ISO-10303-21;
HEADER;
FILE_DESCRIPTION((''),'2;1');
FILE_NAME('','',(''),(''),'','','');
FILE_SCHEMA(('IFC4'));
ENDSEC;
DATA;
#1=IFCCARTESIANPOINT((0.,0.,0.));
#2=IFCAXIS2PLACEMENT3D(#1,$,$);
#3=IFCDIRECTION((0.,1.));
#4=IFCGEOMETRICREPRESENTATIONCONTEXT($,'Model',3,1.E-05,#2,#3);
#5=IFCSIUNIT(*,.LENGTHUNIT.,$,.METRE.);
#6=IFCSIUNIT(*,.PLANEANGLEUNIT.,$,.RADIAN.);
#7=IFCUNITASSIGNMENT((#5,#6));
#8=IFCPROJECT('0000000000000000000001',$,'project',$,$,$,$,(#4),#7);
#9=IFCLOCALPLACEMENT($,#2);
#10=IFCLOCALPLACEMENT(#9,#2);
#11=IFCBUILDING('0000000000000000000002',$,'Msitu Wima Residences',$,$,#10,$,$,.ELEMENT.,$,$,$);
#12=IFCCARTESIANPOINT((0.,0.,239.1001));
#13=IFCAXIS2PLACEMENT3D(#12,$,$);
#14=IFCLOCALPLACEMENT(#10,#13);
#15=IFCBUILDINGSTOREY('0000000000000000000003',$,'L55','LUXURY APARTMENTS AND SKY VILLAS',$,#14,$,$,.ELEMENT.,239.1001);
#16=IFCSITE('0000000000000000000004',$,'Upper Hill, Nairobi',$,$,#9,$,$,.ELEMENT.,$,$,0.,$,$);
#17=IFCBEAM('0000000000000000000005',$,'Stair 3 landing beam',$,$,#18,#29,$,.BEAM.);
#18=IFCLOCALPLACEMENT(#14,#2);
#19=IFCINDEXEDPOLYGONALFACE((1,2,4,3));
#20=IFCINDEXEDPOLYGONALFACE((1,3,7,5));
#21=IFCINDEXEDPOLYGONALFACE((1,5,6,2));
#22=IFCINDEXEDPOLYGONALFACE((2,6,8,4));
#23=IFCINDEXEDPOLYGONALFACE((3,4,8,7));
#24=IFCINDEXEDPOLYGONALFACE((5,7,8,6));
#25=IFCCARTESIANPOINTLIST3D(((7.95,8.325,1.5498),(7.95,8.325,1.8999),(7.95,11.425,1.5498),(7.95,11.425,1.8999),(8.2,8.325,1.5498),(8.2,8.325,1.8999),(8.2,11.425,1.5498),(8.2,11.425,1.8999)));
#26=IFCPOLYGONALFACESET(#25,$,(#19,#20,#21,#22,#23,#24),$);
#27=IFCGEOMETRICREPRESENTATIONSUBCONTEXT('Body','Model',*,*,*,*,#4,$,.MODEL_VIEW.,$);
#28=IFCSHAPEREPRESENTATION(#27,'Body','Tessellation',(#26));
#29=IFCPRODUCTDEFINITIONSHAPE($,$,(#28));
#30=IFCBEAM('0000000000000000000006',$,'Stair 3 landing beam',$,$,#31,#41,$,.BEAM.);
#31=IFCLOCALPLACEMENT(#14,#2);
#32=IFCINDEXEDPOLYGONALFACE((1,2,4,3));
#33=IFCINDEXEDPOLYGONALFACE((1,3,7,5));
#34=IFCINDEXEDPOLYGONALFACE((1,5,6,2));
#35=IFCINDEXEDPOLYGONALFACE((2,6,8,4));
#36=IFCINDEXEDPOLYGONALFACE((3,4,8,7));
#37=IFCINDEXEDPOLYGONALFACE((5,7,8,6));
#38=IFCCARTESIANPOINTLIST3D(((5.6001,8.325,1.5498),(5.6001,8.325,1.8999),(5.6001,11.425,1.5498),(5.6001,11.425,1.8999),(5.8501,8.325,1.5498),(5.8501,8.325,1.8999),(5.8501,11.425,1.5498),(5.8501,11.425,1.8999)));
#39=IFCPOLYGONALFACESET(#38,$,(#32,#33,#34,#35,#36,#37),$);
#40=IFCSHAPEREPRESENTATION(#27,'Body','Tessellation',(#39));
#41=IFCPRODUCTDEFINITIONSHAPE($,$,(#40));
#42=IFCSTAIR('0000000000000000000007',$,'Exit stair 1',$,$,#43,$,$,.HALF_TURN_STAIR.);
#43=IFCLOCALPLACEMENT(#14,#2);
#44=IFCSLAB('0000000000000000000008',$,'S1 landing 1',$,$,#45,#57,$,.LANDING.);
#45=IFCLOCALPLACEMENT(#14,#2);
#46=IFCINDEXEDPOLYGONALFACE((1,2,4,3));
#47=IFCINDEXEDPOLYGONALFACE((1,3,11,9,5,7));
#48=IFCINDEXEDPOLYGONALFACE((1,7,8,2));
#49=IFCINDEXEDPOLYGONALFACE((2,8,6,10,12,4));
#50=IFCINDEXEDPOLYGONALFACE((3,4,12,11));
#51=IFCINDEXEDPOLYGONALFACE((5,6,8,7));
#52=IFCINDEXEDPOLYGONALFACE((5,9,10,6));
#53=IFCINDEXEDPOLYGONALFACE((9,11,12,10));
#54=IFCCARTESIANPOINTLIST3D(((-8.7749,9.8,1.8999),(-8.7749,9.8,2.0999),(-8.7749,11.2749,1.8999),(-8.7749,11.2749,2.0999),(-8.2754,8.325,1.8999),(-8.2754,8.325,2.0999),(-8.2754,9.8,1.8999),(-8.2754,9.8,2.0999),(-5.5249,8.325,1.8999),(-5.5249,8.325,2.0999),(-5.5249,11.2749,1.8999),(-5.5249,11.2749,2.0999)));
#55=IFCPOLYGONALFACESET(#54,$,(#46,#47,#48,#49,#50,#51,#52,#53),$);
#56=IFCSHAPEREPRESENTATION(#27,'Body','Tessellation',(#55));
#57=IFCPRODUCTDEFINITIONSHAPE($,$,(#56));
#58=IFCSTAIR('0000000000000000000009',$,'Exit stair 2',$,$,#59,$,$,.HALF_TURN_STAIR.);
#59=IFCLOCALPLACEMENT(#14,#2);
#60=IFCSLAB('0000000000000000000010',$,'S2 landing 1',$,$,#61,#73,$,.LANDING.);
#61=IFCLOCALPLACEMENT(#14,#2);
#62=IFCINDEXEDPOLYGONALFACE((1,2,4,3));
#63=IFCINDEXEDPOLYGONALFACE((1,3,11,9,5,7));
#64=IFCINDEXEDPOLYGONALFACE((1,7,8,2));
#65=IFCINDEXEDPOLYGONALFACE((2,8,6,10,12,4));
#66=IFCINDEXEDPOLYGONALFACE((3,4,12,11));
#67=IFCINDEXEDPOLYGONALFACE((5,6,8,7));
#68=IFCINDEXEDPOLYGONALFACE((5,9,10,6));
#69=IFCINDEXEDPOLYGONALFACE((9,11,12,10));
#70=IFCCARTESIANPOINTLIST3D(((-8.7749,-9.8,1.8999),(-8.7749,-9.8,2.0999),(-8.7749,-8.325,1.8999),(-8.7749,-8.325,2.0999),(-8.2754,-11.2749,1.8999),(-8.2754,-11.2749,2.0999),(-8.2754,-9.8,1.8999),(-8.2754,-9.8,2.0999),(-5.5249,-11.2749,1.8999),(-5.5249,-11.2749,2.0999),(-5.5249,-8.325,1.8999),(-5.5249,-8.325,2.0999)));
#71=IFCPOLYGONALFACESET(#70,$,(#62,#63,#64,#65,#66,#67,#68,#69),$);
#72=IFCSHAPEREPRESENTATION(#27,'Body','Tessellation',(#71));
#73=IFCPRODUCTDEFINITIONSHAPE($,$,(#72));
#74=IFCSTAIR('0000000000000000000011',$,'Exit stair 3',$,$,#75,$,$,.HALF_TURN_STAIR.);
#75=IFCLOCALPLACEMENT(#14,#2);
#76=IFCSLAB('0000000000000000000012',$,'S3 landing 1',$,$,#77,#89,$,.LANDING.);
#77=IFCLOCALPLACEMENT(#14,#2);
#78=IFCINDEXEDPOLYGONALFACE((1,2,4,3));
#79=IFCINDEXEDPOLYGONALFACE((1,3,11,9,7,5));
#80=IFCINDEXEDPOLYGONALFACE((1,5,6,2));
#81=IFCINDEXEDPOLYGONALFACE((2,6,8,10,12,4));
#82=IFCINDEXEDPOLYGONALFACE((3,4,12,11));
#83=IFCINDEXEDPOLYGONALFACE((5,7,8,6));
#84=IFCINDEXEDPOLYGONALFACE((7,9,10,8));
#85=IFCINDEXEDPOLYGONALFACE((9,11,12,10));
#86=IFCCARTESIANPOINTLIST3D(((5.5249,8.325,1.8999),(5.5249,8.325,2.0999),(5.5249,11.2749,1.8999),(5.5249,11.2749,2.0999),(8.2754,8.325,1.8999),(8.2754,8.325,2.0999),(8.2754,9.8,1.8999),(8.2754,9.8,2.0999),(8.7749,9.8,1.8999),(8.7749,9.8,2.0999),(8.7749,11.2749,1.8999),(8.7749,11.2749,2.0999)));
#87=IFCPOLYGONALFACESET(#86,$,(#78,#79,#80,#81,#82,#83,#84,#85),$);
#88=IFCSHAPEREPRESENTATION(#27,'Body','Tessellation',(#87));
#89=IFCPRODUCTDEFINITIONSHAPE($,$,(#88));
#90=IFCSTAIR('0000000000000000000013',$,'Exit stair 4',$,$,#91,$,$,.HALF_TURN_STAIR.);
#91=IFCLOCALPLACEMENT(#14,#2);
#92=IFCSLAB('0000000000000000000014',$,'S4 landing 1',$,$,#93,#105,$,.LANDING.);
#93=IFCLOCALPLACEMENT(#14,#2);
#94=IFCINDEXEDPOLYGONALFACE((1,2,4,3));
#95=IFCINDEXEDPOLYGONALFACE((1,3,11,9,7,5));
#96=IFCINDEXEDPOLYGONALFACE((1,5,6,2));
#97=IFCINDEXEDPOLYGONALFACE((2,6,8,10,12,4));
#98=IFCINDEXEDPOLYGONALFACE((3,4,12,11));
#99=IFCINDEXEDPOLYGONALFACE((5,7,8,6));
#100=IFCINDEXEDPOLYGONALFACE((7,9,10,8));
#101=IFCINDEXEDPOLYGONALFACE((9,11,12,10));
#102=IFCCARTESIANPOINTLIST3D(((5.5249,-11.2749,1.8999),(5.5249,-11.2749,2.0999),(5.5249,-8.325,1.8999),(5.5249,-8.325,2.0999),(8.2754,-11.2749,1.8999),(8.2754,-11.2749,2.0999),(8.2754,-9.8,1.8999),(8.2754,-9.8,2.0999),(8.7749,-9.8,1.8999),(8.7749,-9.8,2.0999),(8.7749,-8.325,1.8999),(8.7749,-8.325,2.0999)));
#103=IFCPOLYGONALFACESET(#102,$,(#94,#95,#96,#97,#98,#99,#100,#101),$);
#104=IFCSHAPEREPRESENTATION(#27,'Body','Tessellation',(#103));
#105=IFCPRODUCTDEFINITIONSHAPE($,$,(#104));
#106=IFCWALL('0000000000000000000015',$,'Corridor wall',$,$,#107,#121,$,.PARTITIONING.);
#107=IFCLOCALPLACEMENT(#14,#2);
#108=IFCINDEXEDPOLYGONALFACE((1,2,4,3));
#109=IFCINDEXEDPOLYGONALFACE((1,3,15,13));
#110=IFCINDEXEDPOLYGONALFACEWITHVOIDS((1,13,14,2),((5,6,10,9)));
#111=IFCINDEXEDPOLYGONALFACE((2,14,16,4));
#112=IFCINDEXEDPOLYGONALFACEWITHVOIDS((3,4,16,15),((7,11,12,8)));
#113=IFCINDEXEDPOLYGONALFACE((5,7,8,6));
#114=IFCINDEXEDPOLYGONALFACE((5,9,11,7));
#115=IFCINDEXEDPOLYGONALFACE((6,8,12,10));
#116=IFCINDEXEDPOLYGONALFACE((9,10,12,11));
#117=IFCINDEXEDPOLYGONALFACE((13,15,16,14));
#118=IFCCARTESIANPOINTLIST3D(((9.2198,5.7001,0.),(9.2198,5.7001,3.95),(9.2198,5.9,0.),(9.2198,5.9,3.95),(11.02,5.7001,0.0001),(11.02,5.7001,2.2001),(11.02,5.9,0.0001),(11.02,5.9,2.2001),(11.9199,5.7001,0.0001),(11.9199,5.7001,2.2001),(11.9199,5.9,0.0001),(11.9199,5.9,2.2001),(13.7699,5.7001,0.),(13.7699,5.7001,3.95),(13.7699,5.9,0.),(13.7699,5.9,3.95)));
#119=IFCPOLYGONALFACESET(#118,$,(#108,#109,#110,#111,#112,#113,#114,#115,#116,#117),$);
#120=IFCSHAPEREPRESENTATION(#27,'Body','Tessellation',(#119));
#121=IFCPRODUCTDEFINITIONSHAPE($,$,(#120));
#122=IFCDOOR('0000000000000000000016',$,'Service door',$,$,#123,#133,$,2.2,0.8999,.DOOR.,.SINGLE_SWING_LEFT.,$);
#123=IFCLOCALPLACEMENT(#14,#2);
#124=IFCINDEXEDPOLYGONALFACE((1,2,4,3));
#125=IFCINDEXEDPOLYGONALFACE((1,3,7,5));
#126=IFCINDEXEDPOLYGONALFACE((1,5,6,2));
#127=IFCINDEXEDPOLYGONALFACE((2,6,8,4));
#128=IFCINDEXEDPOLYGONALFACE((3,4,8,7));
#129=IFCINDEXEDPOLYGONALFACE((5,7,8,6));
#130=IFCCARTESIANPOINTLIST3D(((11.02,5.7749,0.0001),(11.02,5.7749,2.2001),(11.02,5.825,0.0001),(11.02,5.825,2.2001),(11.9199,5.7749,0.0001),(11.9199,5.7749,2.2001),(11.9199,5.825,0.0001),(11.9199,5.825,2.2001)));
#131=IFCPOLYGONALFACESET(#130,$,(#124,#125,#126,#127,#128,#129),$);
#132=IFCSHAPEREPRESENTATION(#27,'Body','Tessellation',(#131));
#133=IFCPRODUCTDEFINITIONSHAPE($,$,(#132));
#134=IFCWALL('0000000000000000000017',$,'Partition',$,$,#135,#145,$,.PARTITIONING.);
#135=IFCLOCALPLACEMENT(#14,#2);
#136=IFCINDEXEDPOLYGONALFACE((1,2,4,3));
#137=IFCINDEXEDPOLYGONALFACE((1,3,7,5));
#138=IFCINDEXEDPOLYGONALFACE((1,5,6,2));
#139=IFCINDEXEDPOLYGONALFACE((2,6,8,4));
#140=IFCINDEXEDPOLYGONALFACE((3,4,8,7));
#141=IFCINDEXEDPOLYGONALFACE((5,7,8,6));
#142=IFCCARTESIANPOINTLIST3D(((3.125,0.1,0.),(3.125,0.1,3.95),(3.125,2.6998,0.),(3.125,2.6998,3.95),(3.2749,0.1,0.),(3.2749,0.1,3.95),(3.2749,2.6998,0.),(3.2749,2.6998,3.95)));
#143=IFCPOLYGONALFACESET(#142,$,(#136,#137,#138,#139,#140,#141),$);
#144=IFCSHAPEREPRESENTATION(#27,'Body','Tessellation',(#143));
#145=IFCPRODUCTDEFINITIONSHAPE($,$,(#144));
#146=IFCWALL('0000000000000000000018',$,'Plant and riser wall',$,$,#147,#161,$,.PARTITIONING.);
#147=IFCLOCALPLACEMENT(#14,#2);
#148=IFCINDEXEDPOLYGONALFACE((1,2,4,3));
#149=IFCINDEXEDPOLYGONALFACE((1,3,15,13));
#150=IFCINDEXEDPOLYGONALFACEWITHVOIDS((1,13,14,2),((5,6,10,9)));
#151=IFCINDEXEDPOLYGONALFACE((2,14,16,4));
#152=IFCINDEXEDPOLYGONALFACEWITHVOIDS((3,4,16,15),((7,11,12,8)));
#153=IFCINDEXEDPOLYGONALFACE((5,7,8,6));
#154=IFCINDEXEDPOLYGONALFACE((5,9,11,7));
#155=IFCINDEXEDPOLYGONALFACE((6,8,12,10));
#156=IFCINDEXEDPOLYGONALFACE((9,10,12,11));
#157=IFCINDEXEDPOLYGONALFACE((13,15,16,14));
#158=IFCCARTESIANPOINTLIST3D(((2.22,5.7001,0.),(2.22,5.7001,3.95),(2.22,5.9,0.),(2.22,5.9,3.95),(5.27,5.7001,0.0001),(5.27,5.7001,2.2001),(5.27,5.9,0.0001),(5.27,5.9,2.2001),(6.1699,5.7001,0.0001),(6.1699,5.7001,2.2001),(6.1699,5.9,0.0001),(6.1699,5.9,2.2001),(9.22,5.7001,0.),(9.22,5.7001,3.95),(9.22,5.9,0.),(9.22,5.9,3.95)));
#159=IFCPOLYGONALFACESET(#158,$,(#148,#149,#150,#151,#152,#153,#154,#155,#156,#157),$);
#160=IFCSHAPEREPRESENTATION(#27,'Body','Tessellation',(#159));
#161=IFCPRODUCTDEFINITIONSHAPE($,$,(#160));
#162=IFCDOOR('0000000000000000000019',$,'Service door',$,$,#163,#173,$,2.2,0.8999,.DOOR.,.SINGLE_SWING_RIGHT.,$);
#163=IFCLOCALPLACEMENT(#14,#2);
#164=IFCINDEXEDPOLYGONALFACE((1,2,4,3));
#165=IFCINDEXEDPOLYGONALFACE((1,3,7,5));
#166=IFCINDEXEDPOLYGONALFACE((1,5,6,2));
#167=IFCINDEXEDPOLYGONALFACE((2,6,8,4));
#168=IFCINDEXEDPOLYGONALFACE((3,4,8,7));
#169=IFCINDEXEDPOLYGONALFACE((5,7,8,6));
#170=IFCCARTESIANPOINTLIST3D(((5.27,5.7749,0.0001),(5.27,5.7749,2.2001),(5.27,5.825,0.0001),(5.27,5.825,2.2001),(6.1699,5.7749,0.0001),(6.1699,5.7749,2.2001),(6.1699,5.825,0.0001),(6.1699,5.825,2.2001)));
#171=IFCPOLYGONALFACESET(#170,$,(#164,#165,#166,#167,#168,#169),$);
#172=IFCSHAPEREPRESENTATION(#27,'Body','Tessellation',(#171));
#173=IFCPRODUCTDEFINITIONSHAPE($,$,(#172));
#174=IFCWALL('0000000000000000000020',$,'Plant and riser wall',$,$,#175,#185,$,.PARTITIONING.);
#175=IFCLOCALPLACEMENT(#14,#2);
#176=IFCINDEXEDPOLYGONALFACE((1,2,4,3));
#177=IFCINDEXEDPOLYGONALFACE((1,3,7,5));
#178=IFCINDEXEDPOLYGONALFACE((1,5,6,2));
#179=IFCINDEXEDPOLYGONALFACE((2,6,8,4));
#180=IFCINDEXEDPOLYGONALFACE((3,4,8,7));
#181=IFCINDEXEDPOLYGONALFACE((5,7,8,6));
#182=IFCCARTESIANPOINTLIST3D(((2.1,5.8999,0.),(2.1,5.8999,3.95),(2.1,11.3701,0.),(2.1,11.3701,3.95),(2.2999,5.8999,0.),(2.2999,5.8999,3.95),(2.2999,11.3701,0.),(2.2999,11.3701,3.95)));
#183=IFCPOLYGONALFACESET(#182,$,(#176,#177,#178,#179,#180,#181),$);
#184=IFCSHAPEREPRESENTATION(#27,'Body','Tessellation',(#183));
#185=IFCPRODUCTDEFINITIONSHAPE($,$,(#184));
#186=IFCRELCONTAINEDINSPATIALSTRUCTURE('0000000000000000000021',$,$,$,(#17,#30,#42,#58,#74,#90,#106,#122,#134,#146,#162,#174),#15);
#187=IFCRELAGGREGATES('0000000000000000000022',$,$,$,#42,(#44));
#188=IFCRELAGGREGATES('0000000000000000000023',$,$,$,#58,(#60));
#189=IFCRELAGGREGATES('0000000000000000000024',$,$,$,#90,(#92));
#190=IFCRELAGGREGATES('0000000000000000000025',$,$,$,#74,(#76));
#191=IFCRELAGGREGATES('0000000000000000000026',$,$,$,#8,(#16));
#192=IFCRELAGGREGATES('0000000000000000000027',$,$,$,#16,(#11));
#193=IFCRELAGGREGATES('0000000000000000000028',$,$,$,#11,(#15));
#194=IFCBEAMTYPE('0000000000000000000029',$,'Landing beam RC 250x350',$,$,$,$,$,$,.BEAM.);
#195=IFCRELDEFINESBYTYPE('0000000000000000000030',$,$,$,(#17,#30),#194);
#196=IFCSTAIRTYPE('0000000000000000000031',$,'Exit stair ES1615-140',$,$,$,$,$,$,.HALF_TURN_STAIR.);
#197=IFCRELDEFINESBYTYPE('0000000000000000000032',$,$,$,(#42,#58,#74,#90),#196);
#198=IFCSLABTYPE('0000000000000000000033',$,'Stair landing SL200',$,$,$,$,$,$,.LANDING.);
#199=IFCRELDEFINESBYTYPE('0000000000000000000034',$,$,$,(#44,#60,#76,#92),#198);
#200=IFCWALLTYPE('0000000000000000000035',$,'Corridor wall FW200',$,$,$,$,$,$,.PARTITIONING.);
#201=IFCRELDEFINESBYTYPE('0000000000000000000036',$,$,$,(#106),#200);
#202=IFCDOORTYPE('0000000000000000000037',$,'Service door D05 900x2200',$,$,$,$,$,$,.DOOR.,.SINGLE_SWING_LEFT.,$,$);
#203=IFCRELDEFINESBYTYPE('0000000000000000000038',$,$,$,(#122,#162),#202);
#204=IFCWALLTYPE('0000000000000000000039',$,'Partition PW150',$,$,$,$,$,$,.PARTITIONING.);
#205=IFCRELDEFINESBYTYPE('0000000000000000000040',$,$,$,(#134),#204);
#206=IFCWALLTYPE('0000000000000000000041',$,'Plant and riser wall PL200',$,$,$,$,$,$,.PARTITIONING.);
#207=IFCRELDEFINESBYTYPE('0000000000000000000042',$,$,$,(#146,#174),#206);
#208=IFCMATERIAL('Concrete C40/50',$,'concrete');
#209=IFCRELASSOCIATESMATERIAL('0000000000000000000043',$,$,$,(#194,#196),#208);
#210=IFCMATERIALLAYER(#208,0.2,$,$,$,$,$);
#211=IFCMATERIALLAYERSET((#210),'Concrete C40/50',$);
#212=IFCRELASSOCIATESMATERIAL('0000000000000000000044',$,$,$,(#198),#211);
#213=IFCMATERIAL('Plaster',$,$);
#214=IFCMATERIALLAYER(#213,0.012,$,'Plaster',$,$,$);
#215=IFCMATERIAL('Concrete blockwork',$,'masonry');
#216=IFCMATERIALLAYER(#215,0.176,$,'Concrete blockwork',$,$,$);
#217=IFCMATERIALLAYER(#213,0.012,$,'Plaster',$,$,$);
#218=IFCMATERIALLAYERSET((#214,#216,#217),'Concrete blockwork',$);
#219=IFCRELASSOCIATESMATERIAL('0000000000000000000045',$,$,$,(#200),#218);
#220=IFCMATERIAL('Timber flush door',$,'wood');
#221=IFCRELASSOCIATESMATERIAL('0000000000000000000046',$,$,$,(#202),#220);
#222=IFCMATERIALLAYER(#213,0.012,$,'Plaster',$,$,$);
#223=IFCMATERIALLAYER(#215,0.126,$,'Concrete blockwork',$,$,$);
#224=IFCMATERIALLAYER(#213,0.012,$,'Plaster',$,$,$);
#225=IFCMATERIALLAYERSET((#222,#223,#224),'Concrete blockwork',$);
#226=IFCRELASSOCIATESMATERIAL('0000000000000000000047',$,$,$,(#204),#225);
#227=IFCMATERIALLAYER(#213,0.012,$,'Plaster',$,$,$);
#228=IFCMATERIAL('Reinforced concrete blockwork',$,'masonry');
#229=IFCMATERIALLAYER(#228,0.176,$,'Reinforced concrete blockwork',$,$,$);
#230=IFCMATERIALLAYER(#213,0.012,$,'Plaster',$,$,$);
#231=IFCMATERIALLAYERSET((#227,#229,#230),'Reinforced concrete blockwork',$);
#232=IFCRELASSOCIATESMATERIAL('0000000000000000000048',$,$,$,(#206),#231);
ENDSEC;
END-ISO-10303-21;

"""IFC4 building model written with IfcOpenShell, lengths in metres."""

from ifc_helpers import new_model, si_unit, direction, frame, frame_2d, origin, origin_2d, place, context, subcontext, project, spatial, polyline, rectangle, outline, extrude, material, layer, layer_set, material_profile, profile_set, type_object, element, fill, aggregate, save


model = new_model("IFC4")

# Units and contexts
model_context = context("Model", 3, precision=1e-05, world=origin(), true_north=direction((0.0, 1.0)))
body_context = subcontext(model_context, "Body", "Model", "MODEL_VIEW")
ifc_project = project(units=[si_unit("LENGTHUNIT", "METRE"), si_unit("PLANEANGLEUNIT", "RADIAN")], contexts=[model_context])

# Site, building, storey
site_placement = place(None, origin())
site = spatial("IfcSite", under=ifc_project, at=site_placement, Name="Upper Hill, Nairobi", CompositionType="ELEMENT", RefElevation=0.0)
building_placement = place(site_placement, origin())
building = spatial("IfcBuilding", under=site, at=building_placement, Name="Msitu Wima Residences", CompositionType="ELEMENT")
storey_placement = place(building_placement, frame((0.0, 0.0, 239.1001)))
storey = spatial("IfcBuildingStorey", under=building, at=storey_placement, Name="L55", Description="LUXURY APARTMENTS AND SKY VILLAS", CompositionType="ELEMENT", Elevation=239.1001)

# Beams
ifc_material_1 = material(Name="Concrete C40/50", Category="concrete")
ifc_material_profile = material_profile(ifc_material_1, rectangle(XDim=0.25, YDim=0.3501, at=origin_2d()), Name="RC 250x350")
ifc_profile_set = profile_set([ifc_material_profile], Name="Concrete C40/50")
beam_type = type_object("IfcBeamType", Name="Landing beam RC 250x350", PredefinedType="BEAM", material=ifc_profile_set)
for number, where, z_axis, x_axis, name in (
    (1, (8.075, 8.325, 1.7249), (0.0, 1.0, 0.0), (-1.0, 0.0, 0.0), "Stair 3 landing beam"),
    (2, (5.7251, 8.325, 1.7249), (0.0, 1.0, 0.0), (-1.0, 0.0, 0.0), "Stair 3 landing beam"),
):
    element("IfcBeam", number, at=place(storey_placement, frame(where, z_axis=z_axis, x_axis=x_axis)), inside=storey, type_object=beam_type, Name=name, PredefinedType="BEAM", context=body_context, shape_type="SweptSolid", body=[
        extrude(rectangle(XDim=0.25, YDim=0.3501, at=origin_2d()), origin(), (0.0, 0.0, 1.0), 3.1001),
    ])

# Stairs, slabs
stair_type = type_object("IfcStairType", Name="Exit stair ES1615-140", PredefinedType="HALF_TURN_STAIR", material=ifc_material_1)
stair_1_placement = place(storey_placement, origin())
stair_1 = element("IfcStair", 3, at=stair_1_placement, inside=storey, type_object=stair_type, Name="Exit stair 1", PredefinedType="HALF_TURN_STAIR")
ifc_layer_1 = layer(ifc_material_1, 0.2)
ifc_layer_set_1 = layer_set([ifc_layer_1], Name="Concrete C40/50")
slab_type = type_object("IfcSlabType", Name="Stair landing SL200", PredefinedType="LANDING", material=ifc_layer_set_1)
slab_1_placement = place(storey_placement, frame((0.0, 0.0, 1.8999)))
slab_1 = element("IfcSlab", 4, at=slab_1_placement, type_object=slab_type, Name="S1 landing 1", PredefinedType="LANDING", context=body_context, shape_type="SweptSolid", body=[
    extrude(outline(polyline([(-5.5249, 8.325), (-8.2754, 8.325), (-8.2754, 9.8), (-8.7749, 9.8), (-8.7749, 11.2749), (-5.5249, 11.2749), (-5.5249, 8.325)])), origin(), (0.0, 0.0, 1.0), 0.2),
])
aggregate(stair_1, [slab_1])
stair_2_placement = place(storey_placement, origin())
stair_2 = element("IfcStair", 5, at=stair_2_placement, inside=storey, type_object=stair_type, Name="Exit stair 2", PredefinedType="HALF_TURN_STAIR")
slab_2_placement = place(storey_placement, frame((0.0, 0.0, 1.8999)))
slab_2 = element("IfcSlab", 6, at=slab_2_placement, type_object=slab_type, Name="S2 landing 1", PredefinedType="LANDING", context=body_context, shape_type="SweptSolid", body=[
    extrude(outline(polyline([(-5.5249, -11.2749), (-8.2754, -11.2749), (-8.2754, -9.8), (-8.7749, -9.8), (-8.7749, -8.325), (-5.5249, -8.325), (-5.5249, -11.2749)])), origin(), (0.0, 0.0, 1.0), 0.2),
])
aggregate(stair_2, [slab_2])
stair_3_placement = place(storey_placement, origin())
stair_3 = element("IfcStair", 7, at=stair_3_placement, inside=storey, type_object=stair_type, Name="Exit stair 3", PredefinedType="HALF_TURN_STAIR")
slab_3_placement = place(storey_placement, frame((0.0, 0.0, 1.8999)))
slab_3 = element("IfcSlab", 8, at=slab_3_placement, type_object=slab_type, Name="S3 landing 1", PredefinedType="LANDING", context=body_context, shape_type="SweptSolid", body=[
    extrude(outline(polyline([(5.5249, 8.325), (8.2754, 8.325), (8.2754, 9.8), (8.7749, 9.8), (8.7749, 11.2749), (5.5249, 11.2749), (5.5249, 8.325)])), origin(), (0.0, 0.0, 1.0), 0.2),
])
stair_4_placement = place(storey_placement, origin())
stair_4 = element("IfcStair", 9, at=stair_4_placement, inside=storey, type_object=stair_type, Name="Exit stair 4", PredefinedType="HALF_TURN_STAIR")
slab_4_placement = place(storey_placement, frame((0.0, 0.0, 1.8999)))
slab_4 = element("IfcSlab", 10, at=slab_4_placement, type_object=slab_type, Name="S4 landing 1", PredefinedType="LANDING", context=body_context, shape_type="SweptSolid", body=[
    extrude(outline(polyline([(5.5249, -11.2749), (8.2754, -11.2749), (8.2754, -9.8), (8.7749, -9.8), (8.7749, -8.325), (5.5249, -8.325), (5.5249, -11.2749)])), origin(), (0.0, 0.0, 1.0), 0.2),
])
aggregate(stair_4, [slab_4])

# Wall, opening, door
ifc_material_2 = material(Name="Plaster")
ifc_layer_2 = layer(ifc_material_2, 0.012, Name="Plaster")
ifc_material_3 = material(Name="Concrete blockwork", Category="masonry")
ifc_layer_3 = layer(ifc_material_3, 0.176, Name="Concrete blockwork")
ifc_layer_4 = layer(ifc_material_2, 0.012, Name="Plaster")
ifc_layer_set_2 = layer_set([ifc_layer_2, ifc_layer_3, ifc_layer_4], Name="Concrete blockwork")
wall_type_1 = type_object("IfcWallType", Name="Corridor wall FW200", PredefinedType="PARTITIONING", material=ifc_layer_set_2)
wall_1_placement = place(storey_placement, frame((9.22, 5.8, 0.0), z_axis=(0.0, 0.0, 1.0), x_axis=(1.0, 0.0, 0.0)))
wall_1 = element("IfcWall", 11, at=wall_1_placement, inside=storey, type_object=wall_type_1, Name="Corridor wall", PredefinedType="PARTITIONING", context=body_context, shape_type="SweptSolid", body=[
    extrude(rectangle(XDim=4.55, YDim=0.2, at=frame_2d((2.2749, 0.0))), origin(), (0.0, 0.0, 1.0), 3.95),
])
opening_1_placement = place(wall_1_placement, frame((1.8, 0.0, 0.0)))
opening_1 = element("IfcOpeningElement", 12, at=opening_1_placement, cuts=wall_1, PredefinedType="OPENING", context=body_context, shape_type="SweptSolid", body=[
    extrude(rectangle(XDim=0.8999, YDim=2.2, at=frame_2d((0.45, 1.1001))), frame((0.0, 0.1099, 0.0), z_axis=(0.0, -1.0, 0.0), x_axis=(1.0, 0.0, 0.0)), (0.0, 0.0, 1.0), 0.22),
])
ifc_material_4 = material(Name="Timber flush door", Category="wood")
door_type_1 = type_object("IfcDoorType", Name="Service door D05 900x2200", OperationType="SINGLE_SWING_LEFT", PredefinedType="DOOR", material=ifc_material_4)
door_1_placement = place(opening_1_placement, origin())
door_1 = element("IfcDoor", 13, at=door_1_placement, inside=storey, type_object=door_type_1, Name="Service door", OperationType="SINGLE_SWING_LEFT", OverallHeight=2.2, OverallWidth=0.8999, PredefinedType="DOOR", context=body_context, shape_type="SweptSolid", body=[
    extrude(rectangle(XDim=0.8999, YDim=2.2, at=frame_2d((0.45, 1.1001))), frame((0.0, 0.0249, 0.0), z_axis=(0.0, -1.0, 0.0), x_axis=(1.0, 0.0, 0.0)), (0.0, 0.0, 1.0), 0.05),
])
fill(opening_1, door_1)

# Wall
ifc_layer_5 = layer(ifc_material_2, 0.012, Name="Plaster")
ifc_layer_6 = layer(ifc_material_3, 0.126, Name="Concrete blockwork")
ifc_layer_7 = layer(ifc_material_2, 0.012, Name="Plaster")
ifc_layer_set_3 = layer_set([ifc_layer_5, ifc_layer_6, ifc_layer_7], Name="Concrete blockwork")
wall_type_2 = type_object("IfcWallType", Name="Partition PW150", PredefinedType="PARTITIONING", material=ifc_layer_set_3)
wall_2_placement = place(storey_placement, frame((3.2, 0.1001, 0.0), z_axis=(0.0, 0.0, 1.0), x_axis=(0.0, 1.0, 0.0)))
element("IfcWall", 14, at=wall_2_placement, inside=storey, type_object=wall_type_2, Name="Partition", PredefinedType="PARTITIONING", context=body_context, shape_type="SweptSolid", body=[
    extrude(rectangle(XDim=2.5999, YDim=0.1499, at=frame_2d((1.2998, 0.0))), origin(), (0.0, 0.0, 1.0), 3.95),
])

# Wall, opening, door
ifc_layer_8 = layer(ifc_material_2, 0.012, Name="Plaster")
ifc_material_5 = material(Name="Reinforced concrete blockwork", Category="masonry")
ifc_layer_9 = layer(ifc_material_5, 0.176, Name="Reinforced concrete blockwork")
ifc_layer_10 = layer(ifc_material_2, 0.012, Name="Plaster")
ifc_layer_set_4 = layer_set([ifc_layer_8, ifc_layer_9, ifc_layer_10], Name="Reinforced concrete blockwork")
wall_type_3 = type_object("IfcWallType", Name="Plant and riser wall PL200", PredefinedType="PARTITIONING", material=ifc_layer_set_4)
wall_3_placement = place(storey_placement, frame((2.22, 5.8, 0.0), z_axis=(0.0, 0.0, 1.0), x_axis=(1.0, 0.0, 0.0)))
wall_3 = element("IfcWall", 15, at=wall_3_placement, inside=storey, type_object=wall_type_3, Name="Plant and riser wall", PredefinedType="PARTITIONING", context=body_context, shape_type="SweptSolid", body=[
    extrude(rectangle(XDim=7.0, YDim=0.2, at=frame_2d((3.5, 0.0))), origin(), (0.0, 0.0, 1.0), 3.95),
])
opening_2_placement = place(wall_3_placement, frame((3.05, 0.0, 0.0)))
opening_2 = element("IfcOpeningElement", 16, at=opening_2_placement, cuts=wall_3, PredefinedType="OPENING", context=body_context, shape_type="SweptSolid", body=[
    extrude(rectangle(XDim=0.8999, YDim=2.2, at=frame_2d((0.45, 1.1001))), frame((0.0, 0.1099, 0.0), z_axis=(0.0, -1.0, 0.0), x_axis=(1.0, 0.0, 0.0)), (0.0, 0.0, 1.0), 0.22),
])
door_2_placement = place(opening_2_placement, origin())
door_2 = element("IfcDoor", 17, at=door_2_placement, inside=storey, type_object=door_type_1, Name="Service door", OperationType="SINGLE_SWING_RIGHT", OverallHeight=2.2, OverallWidth=0.8999, PredefinedType="DOOR", context=body_context, shape_type="SweptSolid", body=[
    extrude(rectangle(XDim=0.8999, YDim=2.2, at=frame_2d((0.45, 1.1001))), frame((0.0, 0.0249, 0.0), z_axis=(0.0, -1.0, 0.0), x_axis=(1.0, 0.0, 0.0)), (0.0, 0.0, 1.0), 0.05),
])
fill(opening_2, door_2)

# Wall
wall_4_placement = place(storey_placement, frame((2.2, 5.8999, 0.0), z_axis=(0.0, 0.0, 1.0), x_axis=(0.0, 1.0, 0.0)))
element("IfcWall", 18, at=wall_4_placement, inside=storey, type_object=wall_type_3, Name="Plant and riser wall", PredefinedType="PARTITIONING", context=body_context, shape_type="SweptSolid", body=[
    extrude(rectangle(XDim=5.4702, YDim=0.2, at=frame_2d((2.7351, 0.0))), origin(), (0.0, 0.0, 1.0), 3.95),
])

aggregate(stair_3, [slab_3])

save(model, "model.ifc")
